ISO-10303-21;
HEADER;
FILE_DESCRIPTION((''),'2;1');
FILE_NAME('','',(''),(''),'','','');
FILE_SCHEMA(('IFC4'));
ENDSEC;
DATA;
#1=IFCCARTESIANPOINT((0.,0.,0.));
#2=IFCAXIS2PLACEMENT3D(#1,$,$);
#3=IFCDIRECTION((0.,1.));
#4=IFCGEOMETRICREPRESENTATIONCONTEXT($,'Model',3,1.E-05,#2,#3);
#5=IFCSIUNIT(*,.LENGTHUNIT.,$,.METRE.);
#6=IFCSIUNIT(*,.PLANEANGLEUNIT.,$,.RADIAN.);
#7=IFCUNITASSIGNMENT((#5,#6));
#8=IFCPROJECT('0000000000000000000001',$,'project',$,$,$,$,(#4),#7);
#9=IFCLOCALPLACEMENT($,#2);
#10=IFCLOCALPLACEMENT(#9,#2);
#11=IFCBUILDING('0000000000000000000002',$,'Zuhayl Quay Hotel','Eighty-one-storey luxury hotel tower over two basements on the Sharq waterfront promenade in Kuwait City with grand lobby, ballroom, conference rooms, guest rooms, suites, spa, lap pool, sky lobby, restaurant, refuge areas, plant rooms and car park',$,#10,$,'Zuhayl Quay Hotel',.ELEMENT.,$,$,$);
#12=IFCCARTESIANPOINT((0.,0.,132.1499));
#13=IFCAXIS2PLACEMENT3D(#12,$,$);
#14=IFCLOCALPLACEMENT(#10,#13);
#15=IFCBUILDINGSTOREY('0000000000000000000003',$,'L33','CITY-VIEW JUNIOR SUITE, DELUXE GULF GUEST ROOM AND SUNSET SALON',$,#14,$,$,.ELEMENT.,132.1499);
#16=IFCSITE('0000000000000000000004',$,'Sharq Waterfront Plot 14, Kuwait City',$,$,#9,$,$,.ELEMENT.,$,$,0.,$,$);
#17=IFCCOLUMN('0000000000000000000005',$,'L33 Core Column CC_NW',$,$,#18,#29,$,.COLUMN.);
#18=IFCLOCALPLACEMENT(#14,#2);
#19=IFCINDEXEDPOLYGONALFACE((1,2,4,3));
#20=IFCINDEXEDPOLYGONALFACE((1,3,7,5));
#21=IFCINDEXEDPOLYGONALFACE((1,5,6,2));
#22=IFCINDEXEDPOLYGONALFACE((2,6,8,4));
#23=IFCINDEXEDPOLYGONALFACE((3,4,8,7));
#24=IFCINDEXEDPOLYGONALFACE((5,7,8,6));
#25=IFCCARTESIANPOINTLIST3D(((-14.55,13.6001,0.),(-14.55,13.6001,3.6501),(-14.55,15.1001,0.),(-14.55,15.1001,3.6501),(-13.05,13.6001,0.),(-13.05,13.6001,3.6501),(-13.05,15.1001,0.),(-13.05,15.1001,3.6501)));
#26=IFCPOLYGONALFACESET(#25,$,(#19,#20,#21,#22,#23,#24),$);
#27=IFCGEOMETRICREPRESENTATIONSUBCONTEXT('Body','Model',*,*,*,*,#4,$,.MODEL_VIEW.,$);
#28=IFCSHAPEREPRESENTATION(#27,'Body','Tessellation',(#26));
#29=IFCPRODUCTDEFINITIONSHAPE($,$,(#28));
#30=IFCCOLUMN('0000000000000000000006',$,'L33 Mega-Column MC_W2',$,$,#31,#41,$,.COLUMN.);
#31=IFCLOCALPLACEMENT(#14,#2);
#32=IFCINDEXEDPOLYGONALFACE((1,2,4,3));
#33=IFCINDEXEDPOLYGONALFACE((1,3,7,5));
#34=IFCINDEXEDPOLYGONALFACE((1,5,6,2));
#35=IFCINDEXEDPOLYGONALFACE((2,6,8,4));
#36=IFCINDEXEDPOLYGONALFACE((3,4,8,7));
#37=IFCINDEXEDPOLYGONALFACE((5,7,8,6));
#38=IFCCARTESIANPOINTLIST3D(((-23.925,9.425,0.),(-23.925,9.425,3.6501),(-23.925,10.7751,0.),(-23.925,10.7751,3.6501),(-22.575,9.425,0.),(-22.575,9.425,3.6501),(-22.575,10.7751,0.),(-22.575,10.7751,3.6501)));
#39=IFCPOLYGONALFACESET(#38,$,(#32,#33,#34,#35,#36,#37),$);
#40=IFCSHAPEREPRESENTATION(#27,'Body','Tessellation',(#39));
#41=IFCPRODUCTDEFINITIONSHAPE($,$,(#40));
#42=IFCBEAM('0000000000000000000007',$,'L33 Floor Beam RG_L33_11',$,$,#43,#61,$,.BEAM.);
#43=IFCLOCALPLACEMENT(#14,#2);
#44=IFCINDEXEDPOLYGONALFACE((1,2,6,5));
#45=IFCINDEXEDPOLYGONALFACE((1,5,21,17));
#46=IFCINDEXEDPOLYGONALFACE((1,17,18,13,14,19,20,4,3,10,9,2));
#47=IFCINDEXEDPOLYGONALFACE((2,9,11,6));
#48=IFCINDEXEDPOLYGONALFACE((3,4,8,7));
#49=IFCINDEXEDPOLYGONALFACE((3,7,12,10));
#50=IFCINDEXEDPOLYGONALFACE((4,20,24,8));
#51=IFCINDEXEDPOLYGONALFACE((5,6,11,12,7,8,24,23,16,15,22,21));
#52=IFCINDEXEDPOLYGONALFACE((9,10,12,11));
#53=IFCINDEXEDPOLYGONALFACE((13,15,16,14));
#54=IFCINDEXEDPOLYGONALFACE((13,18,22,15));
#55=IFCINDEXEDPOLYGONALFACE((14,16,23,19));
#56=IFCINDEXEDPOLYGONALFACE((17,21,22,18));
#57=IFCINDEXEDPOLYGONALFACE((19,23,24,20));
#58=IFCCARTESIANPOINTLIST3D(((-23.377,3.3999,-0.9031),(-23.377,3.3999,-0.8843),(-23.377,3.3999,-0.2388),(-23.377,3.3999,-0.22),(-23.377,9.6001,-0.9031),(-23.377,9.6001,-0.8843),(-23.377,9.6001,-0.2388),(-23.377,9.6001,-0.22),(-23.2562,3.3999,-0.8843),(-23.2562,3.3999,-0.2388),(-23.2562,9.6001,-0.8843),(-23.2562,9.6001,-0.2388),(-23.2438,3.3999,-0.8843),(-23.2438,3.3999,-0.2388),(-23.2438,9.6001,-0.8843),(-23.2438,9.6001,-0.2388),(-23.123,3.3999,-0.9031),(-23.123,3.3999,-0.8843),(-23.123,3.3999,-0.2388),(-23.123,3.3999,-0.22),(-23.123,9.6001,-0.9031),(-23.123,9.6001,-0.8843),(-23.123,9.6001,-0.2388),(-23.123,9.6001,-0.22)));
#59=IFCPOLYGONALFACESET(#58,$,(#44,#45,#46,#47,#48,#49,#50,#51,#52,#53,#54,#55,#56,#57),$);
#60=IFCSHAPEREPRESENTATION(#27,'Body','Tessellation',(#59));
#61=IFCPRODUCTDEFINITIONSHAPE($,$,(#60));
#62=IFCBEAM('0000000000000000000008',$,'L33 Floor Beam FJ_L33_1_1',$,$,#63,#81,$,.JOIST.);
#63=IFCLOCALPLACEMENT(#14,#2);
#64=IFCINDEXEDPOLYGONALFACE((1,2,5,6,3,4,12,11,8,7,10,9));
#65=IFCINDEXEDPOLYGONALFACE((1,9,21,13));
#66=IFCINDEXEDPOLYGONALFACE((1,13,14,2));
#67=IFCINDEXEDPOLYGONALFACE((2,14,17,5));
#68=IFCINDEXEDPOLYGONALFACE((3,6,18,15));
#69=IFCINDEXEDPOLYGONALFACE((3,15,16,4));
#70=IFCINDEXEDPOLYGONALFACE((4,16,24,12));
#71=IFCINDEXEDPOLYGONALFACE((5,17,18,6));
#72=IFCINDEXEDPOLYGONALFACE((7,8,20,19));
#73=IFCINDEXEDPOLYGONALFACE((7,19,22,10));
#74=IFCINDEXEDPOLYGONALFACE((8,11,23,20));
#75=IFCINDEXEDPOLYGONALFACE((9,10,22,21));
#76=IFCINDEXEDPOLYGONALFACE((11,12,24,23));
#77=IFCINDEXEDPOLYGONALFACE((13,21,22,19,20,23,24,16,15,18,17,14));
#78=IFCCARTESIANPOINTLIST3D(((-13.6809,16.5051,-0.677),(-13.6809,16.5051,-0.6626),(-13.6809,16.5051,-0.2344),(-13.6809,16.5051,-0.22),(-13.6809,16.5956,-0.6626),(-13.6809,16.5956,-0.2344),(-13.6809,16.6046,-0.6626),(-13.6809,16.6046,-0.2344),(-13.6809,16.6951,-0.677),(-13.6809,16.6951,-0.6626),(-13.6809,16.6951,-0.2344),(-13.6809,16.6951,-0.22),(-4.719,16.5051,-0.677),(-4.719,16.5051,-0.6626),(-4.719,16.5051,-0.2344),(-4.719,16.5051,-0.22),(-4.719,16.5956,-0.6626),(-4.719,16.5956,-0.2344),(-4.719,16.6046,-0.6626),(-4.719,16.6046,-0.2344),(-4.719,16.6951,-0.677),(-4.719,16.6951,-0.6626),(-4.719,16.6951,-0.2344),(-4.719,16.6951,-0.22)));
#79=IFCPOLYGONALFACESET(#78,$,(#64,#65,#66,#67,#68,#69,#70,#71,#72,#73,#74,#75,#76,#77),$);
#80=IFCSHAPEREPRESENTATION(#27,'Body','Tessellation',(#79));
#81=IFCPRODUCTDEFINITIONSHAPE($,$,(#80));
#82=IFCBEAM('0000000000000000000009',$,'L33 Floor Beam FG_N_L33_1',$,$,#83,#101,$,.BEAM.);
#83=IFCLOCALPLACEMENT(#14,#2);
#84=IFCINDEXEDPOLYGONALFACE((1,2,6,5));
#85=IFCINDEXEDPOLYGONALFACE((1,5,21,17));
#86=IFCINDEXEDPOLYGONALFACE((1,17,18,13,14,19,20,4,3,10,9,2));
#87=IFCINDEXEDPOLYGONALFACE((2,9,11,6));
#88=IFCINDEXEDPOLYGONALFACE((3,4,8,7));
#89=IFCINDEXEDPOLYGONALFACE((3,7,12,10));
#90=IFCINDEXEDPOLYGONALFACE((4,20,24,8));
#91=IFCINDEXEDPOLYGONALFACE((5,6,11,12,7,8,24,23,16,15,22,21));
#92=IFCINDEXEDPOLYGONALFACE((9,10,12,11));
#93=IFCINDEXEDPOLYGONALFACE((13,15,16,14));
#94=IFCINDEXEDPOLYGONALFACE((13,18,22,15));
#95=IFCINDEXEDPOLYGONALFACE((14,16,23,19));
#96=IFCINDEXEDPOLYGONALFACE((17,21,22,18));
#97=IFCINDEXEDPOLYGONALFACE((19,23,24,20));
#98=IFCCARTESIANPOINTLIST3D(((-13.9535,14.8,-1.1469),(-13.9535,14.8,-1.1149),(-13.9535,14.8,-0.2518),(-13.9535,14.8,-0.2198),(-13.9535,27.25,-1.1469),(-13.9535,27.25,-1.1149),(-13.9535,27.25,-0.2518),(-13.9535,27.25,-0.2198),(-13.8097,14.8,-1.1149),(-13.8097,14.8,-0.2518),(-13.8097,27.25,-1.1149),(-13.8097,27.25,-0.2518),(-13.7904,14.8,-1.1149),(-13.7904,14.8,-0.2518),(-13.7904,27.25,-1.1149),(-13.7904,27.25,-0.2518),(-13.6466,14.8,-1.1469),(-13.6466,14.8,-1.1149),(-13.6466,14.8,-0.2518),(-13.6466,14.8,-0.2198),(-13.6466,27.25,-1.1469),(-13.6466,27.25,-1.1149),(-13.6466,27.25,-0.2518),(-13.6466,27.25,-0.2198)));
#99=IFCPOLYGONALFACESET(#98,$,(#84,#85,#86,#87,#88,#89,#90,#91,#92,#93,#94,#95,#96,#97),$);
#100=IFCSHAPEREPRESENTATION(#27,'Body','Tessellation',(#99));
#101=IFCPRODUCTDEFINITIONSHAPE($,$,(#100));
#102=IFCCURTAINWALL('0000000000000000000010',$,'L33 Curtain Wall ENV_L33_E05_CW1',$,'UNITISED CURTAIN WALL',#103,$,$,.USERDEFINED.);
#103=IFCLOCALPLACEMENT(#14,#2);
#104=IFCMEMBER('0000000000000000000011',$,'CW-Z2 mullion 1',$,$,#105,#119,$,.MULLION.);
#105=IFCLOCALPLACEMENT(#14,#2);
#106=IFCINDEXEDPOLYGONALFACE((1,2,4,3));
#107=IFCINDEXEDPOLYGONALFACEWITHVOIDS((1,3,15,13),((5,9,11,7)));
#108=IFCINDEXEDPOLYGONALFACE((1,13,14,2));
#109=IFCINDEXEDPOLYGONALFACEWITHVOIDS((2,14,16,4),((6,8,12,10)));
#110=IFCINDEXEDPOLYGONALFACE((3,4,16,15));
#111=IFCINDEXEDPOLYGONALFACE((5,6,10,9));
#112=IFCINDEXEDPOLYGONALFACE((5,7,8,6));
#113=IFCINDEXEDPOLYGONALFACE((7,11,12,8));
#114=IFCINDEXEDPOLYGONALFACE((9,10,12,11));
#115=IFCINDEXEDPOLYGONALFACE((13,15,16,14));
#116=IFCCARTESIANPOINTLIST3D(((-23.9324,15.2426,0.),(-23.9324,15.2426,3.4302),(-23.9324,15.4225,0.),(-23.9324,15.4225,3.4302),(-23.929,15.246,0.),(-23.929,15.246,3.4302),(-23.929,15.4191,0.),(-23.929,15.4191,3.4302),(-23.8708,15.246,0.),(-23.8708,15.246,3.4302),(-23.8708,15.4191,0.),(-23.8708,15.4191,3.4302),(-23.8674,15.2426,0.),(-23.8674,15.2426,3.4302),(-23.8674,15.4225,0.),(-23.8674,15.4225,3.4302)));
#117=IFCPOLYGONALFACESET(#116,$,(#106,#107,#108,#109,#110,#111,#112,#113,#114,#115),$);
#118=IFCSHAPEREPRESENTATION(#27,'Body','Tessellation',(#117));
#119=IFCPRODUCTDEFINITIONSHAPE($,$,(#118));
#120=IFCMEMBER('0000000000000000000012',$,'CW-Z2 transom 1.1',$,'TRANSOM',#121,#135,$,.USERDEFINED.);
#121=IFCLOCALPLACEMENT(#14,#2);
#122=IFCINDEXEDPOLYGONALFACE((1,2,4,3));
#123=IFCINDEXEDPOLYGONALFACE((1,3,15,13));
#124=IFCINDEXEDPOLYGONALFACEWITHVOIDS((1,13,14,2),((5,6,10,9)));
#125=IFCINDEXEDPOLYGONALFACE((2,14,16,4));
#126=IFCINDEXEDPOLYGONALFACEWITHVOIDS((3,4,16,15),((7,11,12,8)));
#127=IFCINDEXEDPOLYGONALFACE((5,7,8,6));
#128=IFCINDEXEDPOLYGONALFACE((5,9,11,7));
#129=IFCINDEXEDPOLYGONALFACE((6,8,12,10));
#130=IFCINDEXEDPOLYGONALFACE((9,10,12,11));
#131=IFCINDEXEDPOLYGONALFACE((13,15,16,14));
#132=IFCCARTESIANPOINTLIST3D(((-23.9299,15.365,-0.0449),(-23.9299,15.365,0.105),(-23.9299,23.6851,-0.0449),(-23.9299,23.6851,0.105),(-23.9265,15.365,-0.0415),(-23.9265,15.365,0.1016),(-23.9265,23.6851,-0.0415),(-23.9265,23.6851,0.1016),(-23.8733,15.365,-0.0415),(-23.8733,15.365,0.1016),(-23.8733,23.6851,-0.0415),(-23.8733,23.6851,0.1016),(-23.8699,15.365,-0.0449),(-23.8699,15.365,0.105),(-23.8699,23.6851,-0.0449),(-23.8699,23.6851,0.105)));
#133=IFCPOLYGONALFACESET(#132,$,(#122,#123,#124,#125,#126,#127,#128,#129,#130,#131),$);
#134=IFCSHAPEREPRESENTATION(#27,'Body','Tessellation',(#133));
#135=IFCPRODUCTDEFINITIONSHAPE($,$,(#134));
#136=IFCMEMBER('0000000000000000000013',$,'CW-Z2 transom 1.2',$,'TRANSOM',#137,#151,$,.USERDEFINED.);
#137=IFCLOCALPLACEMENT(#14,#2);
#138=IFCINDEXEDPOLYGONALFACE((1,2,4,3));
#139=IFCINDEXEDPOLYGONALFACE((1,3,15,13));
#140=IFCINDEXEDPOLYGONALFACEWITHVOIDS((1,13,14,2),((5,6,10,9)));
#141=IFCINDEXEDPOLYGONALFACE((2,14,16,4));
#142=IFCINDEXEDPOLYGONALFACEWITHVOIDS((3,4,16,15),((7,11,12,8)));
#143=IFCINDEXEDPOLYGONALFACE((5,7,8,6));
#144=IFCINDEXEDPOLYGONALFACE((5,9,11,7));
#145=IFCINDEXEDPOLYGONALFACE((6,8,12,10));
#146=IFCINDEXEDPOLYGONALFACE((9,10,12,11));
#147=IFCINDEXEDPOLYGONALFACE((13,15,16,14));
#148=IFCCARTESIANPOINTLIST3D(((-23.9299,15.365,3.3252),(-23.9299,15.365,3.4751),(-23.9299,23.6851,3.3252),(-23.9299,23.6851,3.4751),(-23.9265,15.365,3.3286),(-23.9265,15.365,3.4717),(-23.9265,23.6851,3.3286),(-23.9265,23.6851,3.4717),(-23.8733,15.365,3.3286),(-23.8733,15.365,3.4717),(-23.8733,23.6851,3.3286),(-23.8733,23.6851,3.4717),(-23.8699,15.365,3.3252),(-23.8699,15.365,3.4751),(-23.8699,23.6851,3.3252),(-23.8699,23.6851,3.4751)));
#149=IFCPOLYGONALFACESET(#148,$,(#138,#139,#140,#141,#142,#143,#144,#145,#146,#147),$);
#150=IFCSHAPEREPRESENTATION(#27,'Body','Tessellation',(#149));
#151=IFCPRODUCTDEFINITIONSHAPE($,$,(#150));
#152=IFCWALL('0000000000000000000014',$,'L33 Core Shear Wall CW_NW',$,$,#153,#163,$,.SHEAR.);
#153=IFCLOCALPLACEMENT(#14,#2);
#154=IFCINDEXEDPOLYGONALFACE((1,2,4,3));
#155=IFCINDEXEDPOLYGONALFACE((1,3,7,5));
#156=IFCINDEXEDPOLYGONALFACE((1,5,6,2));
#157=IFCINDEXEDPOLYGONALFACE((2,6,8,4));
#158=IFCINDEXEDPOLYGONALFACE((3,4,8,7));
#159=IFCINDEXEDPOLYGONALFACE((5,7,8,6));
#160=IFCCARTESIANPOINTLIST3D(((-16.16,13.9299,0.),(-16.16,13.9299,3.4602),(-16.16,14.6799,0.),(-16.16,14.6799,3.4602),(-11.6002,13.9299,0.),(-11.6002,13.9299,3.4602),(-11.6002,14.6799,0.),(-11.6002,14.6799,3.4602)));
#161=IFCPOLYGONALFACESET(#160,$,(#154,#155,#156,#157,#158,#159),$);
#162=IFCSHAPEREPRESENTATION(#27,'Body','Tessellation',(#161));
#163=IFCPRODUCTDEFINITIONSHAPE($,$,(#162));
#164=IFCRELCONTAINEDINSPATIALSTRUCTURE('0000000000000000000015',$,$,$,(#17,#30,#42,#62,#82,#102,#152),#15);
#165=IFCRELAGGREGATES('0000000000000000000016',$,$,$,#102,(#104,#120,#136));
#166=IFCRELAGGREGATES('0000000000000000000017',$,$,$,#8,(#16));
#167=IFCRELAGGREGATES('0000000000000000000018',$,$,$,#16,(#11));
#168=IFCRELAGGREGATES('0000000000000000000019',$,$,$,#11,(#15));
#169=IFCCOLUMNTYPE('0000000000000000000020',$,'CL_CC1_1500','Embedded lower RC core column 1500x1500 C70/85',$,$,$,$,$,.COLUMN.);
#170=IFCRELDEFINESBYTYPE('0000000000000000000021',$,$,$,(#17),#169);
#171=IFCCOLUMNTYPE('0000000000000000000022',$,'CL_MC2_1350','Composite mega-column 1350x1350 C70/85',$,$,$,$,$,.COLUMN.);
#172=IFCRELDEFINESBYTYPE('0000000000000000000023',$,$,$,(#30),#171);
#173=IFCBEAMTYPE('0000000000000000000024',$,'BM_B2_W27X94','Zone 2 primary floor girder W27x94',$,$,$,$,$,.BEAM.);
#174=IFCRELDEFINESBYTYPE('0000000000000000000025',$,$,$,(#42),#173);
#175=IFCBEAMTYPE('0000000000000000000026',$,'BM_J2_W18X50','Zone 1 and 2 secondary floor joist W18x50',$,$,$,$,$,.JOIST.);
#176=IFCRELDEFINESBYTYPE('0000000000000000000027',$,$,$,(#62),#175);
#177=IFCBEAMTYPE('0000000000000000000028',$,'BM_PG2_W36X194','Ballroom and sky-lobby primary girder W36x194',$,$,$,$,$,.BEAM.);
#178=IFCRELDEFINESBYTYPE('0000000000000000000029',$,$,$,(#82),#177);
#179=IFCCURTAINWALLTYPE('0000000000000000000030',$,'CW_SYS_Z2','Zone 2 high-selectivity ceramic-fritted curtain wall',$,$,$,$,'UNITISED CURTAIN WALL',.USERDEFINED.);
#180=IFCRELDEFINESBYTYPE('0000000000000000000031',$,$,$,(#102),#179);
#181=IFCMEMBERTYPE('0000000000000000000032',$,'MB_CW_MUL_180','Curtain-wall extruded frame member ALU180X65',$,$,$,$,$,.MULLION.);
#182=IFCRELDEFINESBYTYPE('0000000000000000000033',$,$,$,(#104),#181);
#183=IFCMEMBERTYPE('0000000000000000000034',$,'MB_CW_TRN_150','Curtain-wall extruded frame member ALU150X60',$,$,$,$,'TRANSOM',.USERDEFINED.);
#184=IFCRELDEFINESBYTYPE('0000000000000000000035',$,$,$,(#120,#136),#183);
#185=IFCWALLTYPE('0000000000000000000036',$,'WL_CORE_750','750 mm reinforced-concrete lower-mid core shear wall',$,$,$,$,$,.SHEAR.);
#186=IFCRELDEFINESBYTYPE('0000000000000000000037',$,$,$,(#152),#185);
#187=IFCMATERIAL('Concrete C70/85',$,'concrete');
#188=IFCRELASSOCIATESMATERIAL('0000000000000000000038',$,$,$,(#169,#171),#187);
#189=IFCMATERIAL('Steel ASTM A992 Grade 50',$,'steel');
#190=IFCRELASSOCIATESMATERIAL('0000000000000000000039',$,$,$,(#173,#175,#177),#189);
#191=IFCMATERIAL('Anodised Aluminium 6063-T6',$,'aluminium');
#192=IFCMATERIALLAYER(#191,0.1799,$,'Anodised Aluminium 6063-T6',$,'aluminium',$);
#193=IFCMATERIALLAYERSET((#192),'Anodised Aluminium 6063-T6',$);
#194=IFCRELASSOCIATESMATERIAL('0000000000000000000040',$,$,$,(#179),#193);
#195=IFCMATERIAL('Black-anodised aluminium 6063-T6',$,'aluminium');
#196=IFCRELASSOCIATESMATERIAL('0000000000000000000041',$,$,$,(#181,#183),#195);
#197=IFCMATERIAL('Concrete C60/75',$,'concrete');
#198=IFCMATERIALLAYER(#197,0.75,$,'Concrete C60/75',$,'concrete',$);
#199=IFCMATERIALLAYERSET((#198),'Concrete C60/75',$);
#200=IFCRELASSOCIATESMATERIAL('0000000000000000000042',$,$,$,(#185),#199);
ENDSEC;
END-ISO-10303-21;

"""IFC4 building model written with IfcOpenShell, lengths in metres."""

from ifc_helpers import new_model, si_unit, direction, frame, frame_2d, origin, origin_2d, place, context, subcontext, project, spatial, rectangle, hollow_rectangle, i_section, extrude, material, layer, layer_set, material_profile, profile_set, type_object, element, aggregate, save


model = new_model("IFC4")

# Units and contexts
model_context = context("Model", 3, precision=1e-05, world=origin(), true_north=direction((0.0, 1.0)))
body_context = subcontext(model_context, "Body", "Model", "MODEL_VIEW")
ifc_project = project(units=[si_unit("LENGTHUNIT", "METRE"), si_unit("PLANEANGLEUNIT", "RADIAN")], contexts=[model_context])

# Site, building, storey
site_placement = place(None, origin())
site = spatial("IfcSite", under=ifc_project, at=site_placement, Name="Sharq Waterfront Plot 14, Kuwait City", CompositionType="ELEMENT", RefElevation=0.0)
building_placement = place(site_placement, origin())
building = spatial("IfcBuilding", under=site, at=building_placement, Name="Zuhayl Quay Hotel", Description="Eighty-one-storey luxury hotel tower over two basements on the Sharq waterfront promenade in Kuwait City with grand lobby, ballroom, conference rooms, guest rooms, suites, spa, lap pool, sky lobby, restaurant, refuge areas, plant rooms and car park", LongName="Zuhayl Quay Hotel", CompositionType="ELEMENT")
storey_placement = place(building_placement, frame((0.0, 0.0, 132.1499)))
storey = spatial("IfcBuildingStorey", under=building, at=storey_placement, Name="L33", Description="CITY-VIEW JUNIOR SUITE, DELUXE GULF GUEST ROOM AND SUNSET SALON", CompositionType="ELEMENT", Elevation=132.1499)

# Columns
ifc_material_1 = material(Name="Concrete C70/85", Category="concrete")
ifc_material_profile_1 = material_profile(ifc_material_1, rectangle(XDim=1.5, YDim=1.5, at=origin_2d()), Name="RC1500X1500")
ifc_profile_set_1 = profile_set([ifc_material_profile_1], Name="Concrete C70/85")
column_type_1 = type_object("IfcColumnType", Name="CL_CC1_1500", Description="Embedded lower RC core column 1500x1500 C70/85", PredefinedType="COLUMN", material=ifc_profile_set_1)
column_1_placement = place(storey_placement, frame((-13.8, 14.3501, 0.0), z_axis=(0.0, 0.0, 1.0), x_axis=(1.0, 0.0, 0.0)))
element("IfcColumn", 1, at=column_1_placement, inside=storey, type_object=column_type_1, Name="L33 Core Column CC_NW", PredefinedType="COLUMN", context=body_context, shape_type="SweptSolid", body=[
    extrude(rectangle(XDim=1.5, YDim=1.5, at=origin_2d()), origin(), (0.0, 0.0, 1.0), 3.6501),
])
ifc_material_profile_2 = material_profile(ifc_material_1, rectangle(XDim=1.3501, YDim=1.3501, at=origin_2d()), Name="RC1350X1350")
ifc_profile_set_2 = profile_set([ifc_material_profile_2], Name="Concrete C70/85")
column_type_2 = type_object("IfcColumnType", Name="CL_MC2_1350", Description="Composite mega-column 1350x1350 C70/85", PredefinedType="COLUMN", material=ifc_profile_set_2)
column_2_placement = place(storey_placement, frame((-23.25, 10.1001, 0.0), z_axis=(0.0, 0.0, 1.0), x_axis=(1.0, 0.0, 0.0)))
element("IfcColumn", 2, at=column_2_placement, inside=storey, type_object=column_type_2, Name="L33 Mega-Column MC_W2", PredefinedType="COLUMN", context=body_context, shape_type="SweptSolid", body=[
    extrude(rectangle(XDim=1.3501, YDim=1.3501, at=origin_2d()), origin(), (0.0, 0.0, 1.0), 3.6501),
])

# Beams
ifc_material_2 = material(Name="Steel ASTM A992 Grade 50", Category="steel")
ifc_material_profile_3 = material_profile(ifc_material_2, i_section(OverallWidth=0.2539, OverallDepth=0.6831, WebThickness=0.0125, FlangeThickness=0.0188, at=origin_2d()), Name="W27X94")
ifc_profile_set_3 = profile_set([ifc_material_profile_3], Name="Steel ASTM A992 Grade 50")
beam_type_1 = type_object("IfcBeamType", Name="BM_B2_W27X94", Description="Zone 2 primary floor girder W27x94", PredefinedType="BEAM", material=ifc_profile_set_3)
beam_1_placement = place(storey_placement, frame((-23.25, 9.6001, -0.5615), z_axis=(0.0, -1.0, 0.0), x_axis=(1.0, 0.0, 0.0)))
element("IfcBeam", 3, at=beam_1_placement, inside=storey, type_object=beam_type_1, Name="L33 Floor Beam RG_L33_11", PredefinedType="BEAM", context=body_context, shape_type="SweptSolid", body=[
    extrude(i_section(OverallWidth=0.2539, OverallDepth=0.6831, WebThickness=0.0125, FlangeThickness=0.0188, at=origin_2d()), origin(), (0.0, 0.0, 1.0), 6.2002),
])
ifc_material_profile_4 = material_profile(ifc_material_2, i_section(OverallWidth=0.1899, OverallDepth=0.457, WebThickness=0.009, FlangeThickness=0.0144, at=origin_2d()), Name="W18X50")
ifc_profile_set_4 = profile_set([ifc_material_profile_4], Name="Steel ASTM A992 Grade 50")
beam_type_2 = type_object("IfcBeamType", Name="BM_J2_W18X50", Description="Zone 1 and 2 secondary floor joist W18x50", PredefinedType="JOIST", material=ifc_profile_set_4)
beam_2_placement = place(storey_placement, frame((-13.6809, 16.6001, -0.4485), z_axis=(1.0, 0.0, 0.0), x_axis=(0.0, 1.0, 0.0)))
element("IfcBeam", 4, at=beam_2_placement, inside=storey, type_object=beam_type_2, Name="L33 Floor Beam FJ_L33_1_1", PredefinedType="JOIST", context=body_context, shape_type="SweptSolid", body=[
    extrude(i_section(OverallWidth=0.1899, OverallDepth=0.457, WebThickness=0.009, FlangeThickness=0.0144, at=origin_2d()), origin(), (0.0, 0.0, 1.0), 8.9619),
])
ifc_material_profile_5 = material_profile(ifc_material_2, i_section(OverallWidth=0.3069, OverallDepth=0.927, WebThickness=0.0193, FlangeThickness=0.032, at=origin_2d()), Name="W36X194")
ifc_profile_set_5 = profile_set([ifc_material_profile_5], Name="Steel ASTM A992 Grade 50")
beam_type_3 = type_object("IfcBeamType", Name="BM_PG2_W36X194", Description="Ballroom and sky-lobby primary girder W36x194", PredefinedType="BEAM", material=ifc_profile_set_5)
beam_3_placement = place(storey_placement, frame((-13.8, 14.8, -0.6833), z_axis=(0.0, 1.0, 0.0), x_axis=(-1.0, 0.0, 0.0)))
element("IfcBeam", 5, at=beam_3_placement, inside=storey, type_object=beam_type_3, Name="L33 Floor Beam FG_N_L33_1", PredefinedType="BEAM", context=body_context, shape_type="SweptSolid", body=[
    extrude(i_section(OverallWidth=0.3069, OverallDepth=0.927, WebThickness=0.0193, FlangeThickness=0.032, at=origin_2d()), origin(), (0.0, 0.0, 1.0), 12.45),
])

# Curtain wall, members
ifc_material_3 = material(Name="Anodised Aluminium 6063-T6", Category="aluminium")
ifc_layer_1 = layer(ifc_material_3, 0.1799, Name="Anodised Aluminium 6063-T6", Category="aluminium")
ifc_layer_set_1 = layer_set([ifc_layer_1], Name="Anodised Aluminium 6063-T6")
curtain_wall_type = type_object("IfcCurtainWallType", Name="CW_SYS_Z2", Description="Zone 2 high-selectivity ceramic-fritted curtain wall", ElementType="UNITISED CURTAIN WALL", PredefinedType="USERDEFINED", material=ifc_layer_set_1)
curtain_wall_placement = place(storey_placement, origin())
curtain_wall = element("IfcCurtainWall", 6, at=curtain_wall_placement, inside=storey, type_object=curtain_wall_type, Name="L33 Curtain Wall ENV_L33_E05_CW1", ObjectType="UNITISED CURTAIN WALL", PredefinedType="USERDEFINED")
ifc_material_4 = material(Name="Black-anodised aluminium 6063-T6", Category="aluminium")
ifc_material_profile_6 = material_profile(ifc_material_4, hollow_rectangle(XDim=0.0649, YDim=0.1799, WallThickness=0.0034, at=origin_2d()), Name="ALU180X65")
ifc_profile_set_6 = profile_set([ifc_material_profile_6], Name="Black-anodised aluminium 6063-T6")
member_type_1 = type_object("IfcMemberType", Name="MB_CW_MUL_180", Description="Curtain-wall extruded frame member ALU180X65", PredefinedType="MULLION", material=ifc_profile_set_6)
member_1_placement = place(storey_placement, frame((-23.8999, 15.3325, 0.0), z_axis=(0.0, 0.0, 1.0), x_axis=(-1.0, 0.0, 0.0)))
member_1 = element("IfcMember", 7, at=member_1_placement, type_object=member_type_1, Name="CW-Z2 mullion 1", PredefinedType="MULLION", context=body_context, shape_type="SweptSolid", body=[
    extrude(hollow_rectangle(XDim=0.0649, YDim=0.1799, WallThickness=0.0034, at=origin_2d()), origin(), (0.0, 0.0, 1.0), 3.4302),
])
ifc_material_profile_7 = material_profile(ifc_material_4, hollow_rectangle(XDim=0.0601, YDim=0.1499, WallThickness=0.0034, at=origin_2d()), Name="ALU150X60")
ifc_profile_set_7 = profile_set([ifc_material_profile_7], Name="Black-anodised aluminium 6063-T6")
member_type_2 = type_object("IfcMemberType", Name="MB_CW_TRN_150", Description="Curtain-wall extruded frame member ALU150X60", ElementType="TRANSOM", PredefinedType="USERDEFINED", material=ifc_profile_set_7)
member_2_placement = place(storey_placement, frame((-23.8999, 15.365, 0.03), z_axis=(0.0, 1.0, 0.0), x_axis=(-1.0, 0.0, 0.0)))
member_2 = element("IfcMember", 8, at=member_2_placement, type_object=member_type_2, Name="CW-Z2 transom 1.1", ObjectType="TRANSOM", PredefinedType="USERDEFINED", context=body_context, shape_type="SweptSolid", body=[
    extrude(hollow_rectangle(XDim=0.0601, YDim=0.1499, WallThickness=0.0034, at=origin_2d()), origin(), (0.0, 0.0, 1.0), 8.3201),
])
member_3_placement = place(storey_placement, frame((-23.8999, 15.365, 3.4001), z_axis=(0.0, 1.0, 0.0), x_axis=(-1.0, 0.0, 0.0)))
member_3 = element("IfcMember", 9, at=member_3_placement, type_object=member_type_2, Name="CW-Z2 transom 1.2", ObjectType="TRANSOM", PredefinedType="USERDEFINED", context=body_context, shape_type="SweptSolid", body=[
    extrude(hollow_rectangle(XDim=0.0601, YDim=0.1499, WallThickness=0.0034, at=origin_2d()), origin(), (0.0, 0.0, 1.0), 8.3201),
])
aggregate(curtain_wall, [member_1, member_2, member_3])

# Wall
ifc_material_5 = material(Name="Concrete C60/75", Category="concrete")
ifc_layer_2 = layer(ifc_material_5, 0.75, Name="Concrete C60/75", Category="concrete")
ifc_layer_set_2 = layer_set([ifc_layer_2], Name="Concrete C60/75")
wall_type_1 = type_object("IfcWallType", Name="WL_CORE_750", Description="750 mm reinforced-concrete lower-mid core shear wall", PredefinedType="SHEAR", material=ifc_layer_set_2)
wall_1_placement = place(storey_placement, frame((-16.1599, 14.3049, 0.0), z_axis=(0.0, 0.0, 1.0), x_axis=(1.0, 0.0, 0.0)))
element("IfcWall", 10, at=wall_1_placement, inside=storey, type_object=wall_type_1, Name="L33 Core Shear Wall CW_NW", PredefinedType="SHEAR", context=body_context, shape_type="SweptSolid", body=[
    extrude(rectangle(XDim=4.5598, YDim=0.75, at=frame_2d((2.2798, 0.0))), origin(), (0.0, 0.0, 1.0), 3.4602),
])

save(model, "model.ifc")
